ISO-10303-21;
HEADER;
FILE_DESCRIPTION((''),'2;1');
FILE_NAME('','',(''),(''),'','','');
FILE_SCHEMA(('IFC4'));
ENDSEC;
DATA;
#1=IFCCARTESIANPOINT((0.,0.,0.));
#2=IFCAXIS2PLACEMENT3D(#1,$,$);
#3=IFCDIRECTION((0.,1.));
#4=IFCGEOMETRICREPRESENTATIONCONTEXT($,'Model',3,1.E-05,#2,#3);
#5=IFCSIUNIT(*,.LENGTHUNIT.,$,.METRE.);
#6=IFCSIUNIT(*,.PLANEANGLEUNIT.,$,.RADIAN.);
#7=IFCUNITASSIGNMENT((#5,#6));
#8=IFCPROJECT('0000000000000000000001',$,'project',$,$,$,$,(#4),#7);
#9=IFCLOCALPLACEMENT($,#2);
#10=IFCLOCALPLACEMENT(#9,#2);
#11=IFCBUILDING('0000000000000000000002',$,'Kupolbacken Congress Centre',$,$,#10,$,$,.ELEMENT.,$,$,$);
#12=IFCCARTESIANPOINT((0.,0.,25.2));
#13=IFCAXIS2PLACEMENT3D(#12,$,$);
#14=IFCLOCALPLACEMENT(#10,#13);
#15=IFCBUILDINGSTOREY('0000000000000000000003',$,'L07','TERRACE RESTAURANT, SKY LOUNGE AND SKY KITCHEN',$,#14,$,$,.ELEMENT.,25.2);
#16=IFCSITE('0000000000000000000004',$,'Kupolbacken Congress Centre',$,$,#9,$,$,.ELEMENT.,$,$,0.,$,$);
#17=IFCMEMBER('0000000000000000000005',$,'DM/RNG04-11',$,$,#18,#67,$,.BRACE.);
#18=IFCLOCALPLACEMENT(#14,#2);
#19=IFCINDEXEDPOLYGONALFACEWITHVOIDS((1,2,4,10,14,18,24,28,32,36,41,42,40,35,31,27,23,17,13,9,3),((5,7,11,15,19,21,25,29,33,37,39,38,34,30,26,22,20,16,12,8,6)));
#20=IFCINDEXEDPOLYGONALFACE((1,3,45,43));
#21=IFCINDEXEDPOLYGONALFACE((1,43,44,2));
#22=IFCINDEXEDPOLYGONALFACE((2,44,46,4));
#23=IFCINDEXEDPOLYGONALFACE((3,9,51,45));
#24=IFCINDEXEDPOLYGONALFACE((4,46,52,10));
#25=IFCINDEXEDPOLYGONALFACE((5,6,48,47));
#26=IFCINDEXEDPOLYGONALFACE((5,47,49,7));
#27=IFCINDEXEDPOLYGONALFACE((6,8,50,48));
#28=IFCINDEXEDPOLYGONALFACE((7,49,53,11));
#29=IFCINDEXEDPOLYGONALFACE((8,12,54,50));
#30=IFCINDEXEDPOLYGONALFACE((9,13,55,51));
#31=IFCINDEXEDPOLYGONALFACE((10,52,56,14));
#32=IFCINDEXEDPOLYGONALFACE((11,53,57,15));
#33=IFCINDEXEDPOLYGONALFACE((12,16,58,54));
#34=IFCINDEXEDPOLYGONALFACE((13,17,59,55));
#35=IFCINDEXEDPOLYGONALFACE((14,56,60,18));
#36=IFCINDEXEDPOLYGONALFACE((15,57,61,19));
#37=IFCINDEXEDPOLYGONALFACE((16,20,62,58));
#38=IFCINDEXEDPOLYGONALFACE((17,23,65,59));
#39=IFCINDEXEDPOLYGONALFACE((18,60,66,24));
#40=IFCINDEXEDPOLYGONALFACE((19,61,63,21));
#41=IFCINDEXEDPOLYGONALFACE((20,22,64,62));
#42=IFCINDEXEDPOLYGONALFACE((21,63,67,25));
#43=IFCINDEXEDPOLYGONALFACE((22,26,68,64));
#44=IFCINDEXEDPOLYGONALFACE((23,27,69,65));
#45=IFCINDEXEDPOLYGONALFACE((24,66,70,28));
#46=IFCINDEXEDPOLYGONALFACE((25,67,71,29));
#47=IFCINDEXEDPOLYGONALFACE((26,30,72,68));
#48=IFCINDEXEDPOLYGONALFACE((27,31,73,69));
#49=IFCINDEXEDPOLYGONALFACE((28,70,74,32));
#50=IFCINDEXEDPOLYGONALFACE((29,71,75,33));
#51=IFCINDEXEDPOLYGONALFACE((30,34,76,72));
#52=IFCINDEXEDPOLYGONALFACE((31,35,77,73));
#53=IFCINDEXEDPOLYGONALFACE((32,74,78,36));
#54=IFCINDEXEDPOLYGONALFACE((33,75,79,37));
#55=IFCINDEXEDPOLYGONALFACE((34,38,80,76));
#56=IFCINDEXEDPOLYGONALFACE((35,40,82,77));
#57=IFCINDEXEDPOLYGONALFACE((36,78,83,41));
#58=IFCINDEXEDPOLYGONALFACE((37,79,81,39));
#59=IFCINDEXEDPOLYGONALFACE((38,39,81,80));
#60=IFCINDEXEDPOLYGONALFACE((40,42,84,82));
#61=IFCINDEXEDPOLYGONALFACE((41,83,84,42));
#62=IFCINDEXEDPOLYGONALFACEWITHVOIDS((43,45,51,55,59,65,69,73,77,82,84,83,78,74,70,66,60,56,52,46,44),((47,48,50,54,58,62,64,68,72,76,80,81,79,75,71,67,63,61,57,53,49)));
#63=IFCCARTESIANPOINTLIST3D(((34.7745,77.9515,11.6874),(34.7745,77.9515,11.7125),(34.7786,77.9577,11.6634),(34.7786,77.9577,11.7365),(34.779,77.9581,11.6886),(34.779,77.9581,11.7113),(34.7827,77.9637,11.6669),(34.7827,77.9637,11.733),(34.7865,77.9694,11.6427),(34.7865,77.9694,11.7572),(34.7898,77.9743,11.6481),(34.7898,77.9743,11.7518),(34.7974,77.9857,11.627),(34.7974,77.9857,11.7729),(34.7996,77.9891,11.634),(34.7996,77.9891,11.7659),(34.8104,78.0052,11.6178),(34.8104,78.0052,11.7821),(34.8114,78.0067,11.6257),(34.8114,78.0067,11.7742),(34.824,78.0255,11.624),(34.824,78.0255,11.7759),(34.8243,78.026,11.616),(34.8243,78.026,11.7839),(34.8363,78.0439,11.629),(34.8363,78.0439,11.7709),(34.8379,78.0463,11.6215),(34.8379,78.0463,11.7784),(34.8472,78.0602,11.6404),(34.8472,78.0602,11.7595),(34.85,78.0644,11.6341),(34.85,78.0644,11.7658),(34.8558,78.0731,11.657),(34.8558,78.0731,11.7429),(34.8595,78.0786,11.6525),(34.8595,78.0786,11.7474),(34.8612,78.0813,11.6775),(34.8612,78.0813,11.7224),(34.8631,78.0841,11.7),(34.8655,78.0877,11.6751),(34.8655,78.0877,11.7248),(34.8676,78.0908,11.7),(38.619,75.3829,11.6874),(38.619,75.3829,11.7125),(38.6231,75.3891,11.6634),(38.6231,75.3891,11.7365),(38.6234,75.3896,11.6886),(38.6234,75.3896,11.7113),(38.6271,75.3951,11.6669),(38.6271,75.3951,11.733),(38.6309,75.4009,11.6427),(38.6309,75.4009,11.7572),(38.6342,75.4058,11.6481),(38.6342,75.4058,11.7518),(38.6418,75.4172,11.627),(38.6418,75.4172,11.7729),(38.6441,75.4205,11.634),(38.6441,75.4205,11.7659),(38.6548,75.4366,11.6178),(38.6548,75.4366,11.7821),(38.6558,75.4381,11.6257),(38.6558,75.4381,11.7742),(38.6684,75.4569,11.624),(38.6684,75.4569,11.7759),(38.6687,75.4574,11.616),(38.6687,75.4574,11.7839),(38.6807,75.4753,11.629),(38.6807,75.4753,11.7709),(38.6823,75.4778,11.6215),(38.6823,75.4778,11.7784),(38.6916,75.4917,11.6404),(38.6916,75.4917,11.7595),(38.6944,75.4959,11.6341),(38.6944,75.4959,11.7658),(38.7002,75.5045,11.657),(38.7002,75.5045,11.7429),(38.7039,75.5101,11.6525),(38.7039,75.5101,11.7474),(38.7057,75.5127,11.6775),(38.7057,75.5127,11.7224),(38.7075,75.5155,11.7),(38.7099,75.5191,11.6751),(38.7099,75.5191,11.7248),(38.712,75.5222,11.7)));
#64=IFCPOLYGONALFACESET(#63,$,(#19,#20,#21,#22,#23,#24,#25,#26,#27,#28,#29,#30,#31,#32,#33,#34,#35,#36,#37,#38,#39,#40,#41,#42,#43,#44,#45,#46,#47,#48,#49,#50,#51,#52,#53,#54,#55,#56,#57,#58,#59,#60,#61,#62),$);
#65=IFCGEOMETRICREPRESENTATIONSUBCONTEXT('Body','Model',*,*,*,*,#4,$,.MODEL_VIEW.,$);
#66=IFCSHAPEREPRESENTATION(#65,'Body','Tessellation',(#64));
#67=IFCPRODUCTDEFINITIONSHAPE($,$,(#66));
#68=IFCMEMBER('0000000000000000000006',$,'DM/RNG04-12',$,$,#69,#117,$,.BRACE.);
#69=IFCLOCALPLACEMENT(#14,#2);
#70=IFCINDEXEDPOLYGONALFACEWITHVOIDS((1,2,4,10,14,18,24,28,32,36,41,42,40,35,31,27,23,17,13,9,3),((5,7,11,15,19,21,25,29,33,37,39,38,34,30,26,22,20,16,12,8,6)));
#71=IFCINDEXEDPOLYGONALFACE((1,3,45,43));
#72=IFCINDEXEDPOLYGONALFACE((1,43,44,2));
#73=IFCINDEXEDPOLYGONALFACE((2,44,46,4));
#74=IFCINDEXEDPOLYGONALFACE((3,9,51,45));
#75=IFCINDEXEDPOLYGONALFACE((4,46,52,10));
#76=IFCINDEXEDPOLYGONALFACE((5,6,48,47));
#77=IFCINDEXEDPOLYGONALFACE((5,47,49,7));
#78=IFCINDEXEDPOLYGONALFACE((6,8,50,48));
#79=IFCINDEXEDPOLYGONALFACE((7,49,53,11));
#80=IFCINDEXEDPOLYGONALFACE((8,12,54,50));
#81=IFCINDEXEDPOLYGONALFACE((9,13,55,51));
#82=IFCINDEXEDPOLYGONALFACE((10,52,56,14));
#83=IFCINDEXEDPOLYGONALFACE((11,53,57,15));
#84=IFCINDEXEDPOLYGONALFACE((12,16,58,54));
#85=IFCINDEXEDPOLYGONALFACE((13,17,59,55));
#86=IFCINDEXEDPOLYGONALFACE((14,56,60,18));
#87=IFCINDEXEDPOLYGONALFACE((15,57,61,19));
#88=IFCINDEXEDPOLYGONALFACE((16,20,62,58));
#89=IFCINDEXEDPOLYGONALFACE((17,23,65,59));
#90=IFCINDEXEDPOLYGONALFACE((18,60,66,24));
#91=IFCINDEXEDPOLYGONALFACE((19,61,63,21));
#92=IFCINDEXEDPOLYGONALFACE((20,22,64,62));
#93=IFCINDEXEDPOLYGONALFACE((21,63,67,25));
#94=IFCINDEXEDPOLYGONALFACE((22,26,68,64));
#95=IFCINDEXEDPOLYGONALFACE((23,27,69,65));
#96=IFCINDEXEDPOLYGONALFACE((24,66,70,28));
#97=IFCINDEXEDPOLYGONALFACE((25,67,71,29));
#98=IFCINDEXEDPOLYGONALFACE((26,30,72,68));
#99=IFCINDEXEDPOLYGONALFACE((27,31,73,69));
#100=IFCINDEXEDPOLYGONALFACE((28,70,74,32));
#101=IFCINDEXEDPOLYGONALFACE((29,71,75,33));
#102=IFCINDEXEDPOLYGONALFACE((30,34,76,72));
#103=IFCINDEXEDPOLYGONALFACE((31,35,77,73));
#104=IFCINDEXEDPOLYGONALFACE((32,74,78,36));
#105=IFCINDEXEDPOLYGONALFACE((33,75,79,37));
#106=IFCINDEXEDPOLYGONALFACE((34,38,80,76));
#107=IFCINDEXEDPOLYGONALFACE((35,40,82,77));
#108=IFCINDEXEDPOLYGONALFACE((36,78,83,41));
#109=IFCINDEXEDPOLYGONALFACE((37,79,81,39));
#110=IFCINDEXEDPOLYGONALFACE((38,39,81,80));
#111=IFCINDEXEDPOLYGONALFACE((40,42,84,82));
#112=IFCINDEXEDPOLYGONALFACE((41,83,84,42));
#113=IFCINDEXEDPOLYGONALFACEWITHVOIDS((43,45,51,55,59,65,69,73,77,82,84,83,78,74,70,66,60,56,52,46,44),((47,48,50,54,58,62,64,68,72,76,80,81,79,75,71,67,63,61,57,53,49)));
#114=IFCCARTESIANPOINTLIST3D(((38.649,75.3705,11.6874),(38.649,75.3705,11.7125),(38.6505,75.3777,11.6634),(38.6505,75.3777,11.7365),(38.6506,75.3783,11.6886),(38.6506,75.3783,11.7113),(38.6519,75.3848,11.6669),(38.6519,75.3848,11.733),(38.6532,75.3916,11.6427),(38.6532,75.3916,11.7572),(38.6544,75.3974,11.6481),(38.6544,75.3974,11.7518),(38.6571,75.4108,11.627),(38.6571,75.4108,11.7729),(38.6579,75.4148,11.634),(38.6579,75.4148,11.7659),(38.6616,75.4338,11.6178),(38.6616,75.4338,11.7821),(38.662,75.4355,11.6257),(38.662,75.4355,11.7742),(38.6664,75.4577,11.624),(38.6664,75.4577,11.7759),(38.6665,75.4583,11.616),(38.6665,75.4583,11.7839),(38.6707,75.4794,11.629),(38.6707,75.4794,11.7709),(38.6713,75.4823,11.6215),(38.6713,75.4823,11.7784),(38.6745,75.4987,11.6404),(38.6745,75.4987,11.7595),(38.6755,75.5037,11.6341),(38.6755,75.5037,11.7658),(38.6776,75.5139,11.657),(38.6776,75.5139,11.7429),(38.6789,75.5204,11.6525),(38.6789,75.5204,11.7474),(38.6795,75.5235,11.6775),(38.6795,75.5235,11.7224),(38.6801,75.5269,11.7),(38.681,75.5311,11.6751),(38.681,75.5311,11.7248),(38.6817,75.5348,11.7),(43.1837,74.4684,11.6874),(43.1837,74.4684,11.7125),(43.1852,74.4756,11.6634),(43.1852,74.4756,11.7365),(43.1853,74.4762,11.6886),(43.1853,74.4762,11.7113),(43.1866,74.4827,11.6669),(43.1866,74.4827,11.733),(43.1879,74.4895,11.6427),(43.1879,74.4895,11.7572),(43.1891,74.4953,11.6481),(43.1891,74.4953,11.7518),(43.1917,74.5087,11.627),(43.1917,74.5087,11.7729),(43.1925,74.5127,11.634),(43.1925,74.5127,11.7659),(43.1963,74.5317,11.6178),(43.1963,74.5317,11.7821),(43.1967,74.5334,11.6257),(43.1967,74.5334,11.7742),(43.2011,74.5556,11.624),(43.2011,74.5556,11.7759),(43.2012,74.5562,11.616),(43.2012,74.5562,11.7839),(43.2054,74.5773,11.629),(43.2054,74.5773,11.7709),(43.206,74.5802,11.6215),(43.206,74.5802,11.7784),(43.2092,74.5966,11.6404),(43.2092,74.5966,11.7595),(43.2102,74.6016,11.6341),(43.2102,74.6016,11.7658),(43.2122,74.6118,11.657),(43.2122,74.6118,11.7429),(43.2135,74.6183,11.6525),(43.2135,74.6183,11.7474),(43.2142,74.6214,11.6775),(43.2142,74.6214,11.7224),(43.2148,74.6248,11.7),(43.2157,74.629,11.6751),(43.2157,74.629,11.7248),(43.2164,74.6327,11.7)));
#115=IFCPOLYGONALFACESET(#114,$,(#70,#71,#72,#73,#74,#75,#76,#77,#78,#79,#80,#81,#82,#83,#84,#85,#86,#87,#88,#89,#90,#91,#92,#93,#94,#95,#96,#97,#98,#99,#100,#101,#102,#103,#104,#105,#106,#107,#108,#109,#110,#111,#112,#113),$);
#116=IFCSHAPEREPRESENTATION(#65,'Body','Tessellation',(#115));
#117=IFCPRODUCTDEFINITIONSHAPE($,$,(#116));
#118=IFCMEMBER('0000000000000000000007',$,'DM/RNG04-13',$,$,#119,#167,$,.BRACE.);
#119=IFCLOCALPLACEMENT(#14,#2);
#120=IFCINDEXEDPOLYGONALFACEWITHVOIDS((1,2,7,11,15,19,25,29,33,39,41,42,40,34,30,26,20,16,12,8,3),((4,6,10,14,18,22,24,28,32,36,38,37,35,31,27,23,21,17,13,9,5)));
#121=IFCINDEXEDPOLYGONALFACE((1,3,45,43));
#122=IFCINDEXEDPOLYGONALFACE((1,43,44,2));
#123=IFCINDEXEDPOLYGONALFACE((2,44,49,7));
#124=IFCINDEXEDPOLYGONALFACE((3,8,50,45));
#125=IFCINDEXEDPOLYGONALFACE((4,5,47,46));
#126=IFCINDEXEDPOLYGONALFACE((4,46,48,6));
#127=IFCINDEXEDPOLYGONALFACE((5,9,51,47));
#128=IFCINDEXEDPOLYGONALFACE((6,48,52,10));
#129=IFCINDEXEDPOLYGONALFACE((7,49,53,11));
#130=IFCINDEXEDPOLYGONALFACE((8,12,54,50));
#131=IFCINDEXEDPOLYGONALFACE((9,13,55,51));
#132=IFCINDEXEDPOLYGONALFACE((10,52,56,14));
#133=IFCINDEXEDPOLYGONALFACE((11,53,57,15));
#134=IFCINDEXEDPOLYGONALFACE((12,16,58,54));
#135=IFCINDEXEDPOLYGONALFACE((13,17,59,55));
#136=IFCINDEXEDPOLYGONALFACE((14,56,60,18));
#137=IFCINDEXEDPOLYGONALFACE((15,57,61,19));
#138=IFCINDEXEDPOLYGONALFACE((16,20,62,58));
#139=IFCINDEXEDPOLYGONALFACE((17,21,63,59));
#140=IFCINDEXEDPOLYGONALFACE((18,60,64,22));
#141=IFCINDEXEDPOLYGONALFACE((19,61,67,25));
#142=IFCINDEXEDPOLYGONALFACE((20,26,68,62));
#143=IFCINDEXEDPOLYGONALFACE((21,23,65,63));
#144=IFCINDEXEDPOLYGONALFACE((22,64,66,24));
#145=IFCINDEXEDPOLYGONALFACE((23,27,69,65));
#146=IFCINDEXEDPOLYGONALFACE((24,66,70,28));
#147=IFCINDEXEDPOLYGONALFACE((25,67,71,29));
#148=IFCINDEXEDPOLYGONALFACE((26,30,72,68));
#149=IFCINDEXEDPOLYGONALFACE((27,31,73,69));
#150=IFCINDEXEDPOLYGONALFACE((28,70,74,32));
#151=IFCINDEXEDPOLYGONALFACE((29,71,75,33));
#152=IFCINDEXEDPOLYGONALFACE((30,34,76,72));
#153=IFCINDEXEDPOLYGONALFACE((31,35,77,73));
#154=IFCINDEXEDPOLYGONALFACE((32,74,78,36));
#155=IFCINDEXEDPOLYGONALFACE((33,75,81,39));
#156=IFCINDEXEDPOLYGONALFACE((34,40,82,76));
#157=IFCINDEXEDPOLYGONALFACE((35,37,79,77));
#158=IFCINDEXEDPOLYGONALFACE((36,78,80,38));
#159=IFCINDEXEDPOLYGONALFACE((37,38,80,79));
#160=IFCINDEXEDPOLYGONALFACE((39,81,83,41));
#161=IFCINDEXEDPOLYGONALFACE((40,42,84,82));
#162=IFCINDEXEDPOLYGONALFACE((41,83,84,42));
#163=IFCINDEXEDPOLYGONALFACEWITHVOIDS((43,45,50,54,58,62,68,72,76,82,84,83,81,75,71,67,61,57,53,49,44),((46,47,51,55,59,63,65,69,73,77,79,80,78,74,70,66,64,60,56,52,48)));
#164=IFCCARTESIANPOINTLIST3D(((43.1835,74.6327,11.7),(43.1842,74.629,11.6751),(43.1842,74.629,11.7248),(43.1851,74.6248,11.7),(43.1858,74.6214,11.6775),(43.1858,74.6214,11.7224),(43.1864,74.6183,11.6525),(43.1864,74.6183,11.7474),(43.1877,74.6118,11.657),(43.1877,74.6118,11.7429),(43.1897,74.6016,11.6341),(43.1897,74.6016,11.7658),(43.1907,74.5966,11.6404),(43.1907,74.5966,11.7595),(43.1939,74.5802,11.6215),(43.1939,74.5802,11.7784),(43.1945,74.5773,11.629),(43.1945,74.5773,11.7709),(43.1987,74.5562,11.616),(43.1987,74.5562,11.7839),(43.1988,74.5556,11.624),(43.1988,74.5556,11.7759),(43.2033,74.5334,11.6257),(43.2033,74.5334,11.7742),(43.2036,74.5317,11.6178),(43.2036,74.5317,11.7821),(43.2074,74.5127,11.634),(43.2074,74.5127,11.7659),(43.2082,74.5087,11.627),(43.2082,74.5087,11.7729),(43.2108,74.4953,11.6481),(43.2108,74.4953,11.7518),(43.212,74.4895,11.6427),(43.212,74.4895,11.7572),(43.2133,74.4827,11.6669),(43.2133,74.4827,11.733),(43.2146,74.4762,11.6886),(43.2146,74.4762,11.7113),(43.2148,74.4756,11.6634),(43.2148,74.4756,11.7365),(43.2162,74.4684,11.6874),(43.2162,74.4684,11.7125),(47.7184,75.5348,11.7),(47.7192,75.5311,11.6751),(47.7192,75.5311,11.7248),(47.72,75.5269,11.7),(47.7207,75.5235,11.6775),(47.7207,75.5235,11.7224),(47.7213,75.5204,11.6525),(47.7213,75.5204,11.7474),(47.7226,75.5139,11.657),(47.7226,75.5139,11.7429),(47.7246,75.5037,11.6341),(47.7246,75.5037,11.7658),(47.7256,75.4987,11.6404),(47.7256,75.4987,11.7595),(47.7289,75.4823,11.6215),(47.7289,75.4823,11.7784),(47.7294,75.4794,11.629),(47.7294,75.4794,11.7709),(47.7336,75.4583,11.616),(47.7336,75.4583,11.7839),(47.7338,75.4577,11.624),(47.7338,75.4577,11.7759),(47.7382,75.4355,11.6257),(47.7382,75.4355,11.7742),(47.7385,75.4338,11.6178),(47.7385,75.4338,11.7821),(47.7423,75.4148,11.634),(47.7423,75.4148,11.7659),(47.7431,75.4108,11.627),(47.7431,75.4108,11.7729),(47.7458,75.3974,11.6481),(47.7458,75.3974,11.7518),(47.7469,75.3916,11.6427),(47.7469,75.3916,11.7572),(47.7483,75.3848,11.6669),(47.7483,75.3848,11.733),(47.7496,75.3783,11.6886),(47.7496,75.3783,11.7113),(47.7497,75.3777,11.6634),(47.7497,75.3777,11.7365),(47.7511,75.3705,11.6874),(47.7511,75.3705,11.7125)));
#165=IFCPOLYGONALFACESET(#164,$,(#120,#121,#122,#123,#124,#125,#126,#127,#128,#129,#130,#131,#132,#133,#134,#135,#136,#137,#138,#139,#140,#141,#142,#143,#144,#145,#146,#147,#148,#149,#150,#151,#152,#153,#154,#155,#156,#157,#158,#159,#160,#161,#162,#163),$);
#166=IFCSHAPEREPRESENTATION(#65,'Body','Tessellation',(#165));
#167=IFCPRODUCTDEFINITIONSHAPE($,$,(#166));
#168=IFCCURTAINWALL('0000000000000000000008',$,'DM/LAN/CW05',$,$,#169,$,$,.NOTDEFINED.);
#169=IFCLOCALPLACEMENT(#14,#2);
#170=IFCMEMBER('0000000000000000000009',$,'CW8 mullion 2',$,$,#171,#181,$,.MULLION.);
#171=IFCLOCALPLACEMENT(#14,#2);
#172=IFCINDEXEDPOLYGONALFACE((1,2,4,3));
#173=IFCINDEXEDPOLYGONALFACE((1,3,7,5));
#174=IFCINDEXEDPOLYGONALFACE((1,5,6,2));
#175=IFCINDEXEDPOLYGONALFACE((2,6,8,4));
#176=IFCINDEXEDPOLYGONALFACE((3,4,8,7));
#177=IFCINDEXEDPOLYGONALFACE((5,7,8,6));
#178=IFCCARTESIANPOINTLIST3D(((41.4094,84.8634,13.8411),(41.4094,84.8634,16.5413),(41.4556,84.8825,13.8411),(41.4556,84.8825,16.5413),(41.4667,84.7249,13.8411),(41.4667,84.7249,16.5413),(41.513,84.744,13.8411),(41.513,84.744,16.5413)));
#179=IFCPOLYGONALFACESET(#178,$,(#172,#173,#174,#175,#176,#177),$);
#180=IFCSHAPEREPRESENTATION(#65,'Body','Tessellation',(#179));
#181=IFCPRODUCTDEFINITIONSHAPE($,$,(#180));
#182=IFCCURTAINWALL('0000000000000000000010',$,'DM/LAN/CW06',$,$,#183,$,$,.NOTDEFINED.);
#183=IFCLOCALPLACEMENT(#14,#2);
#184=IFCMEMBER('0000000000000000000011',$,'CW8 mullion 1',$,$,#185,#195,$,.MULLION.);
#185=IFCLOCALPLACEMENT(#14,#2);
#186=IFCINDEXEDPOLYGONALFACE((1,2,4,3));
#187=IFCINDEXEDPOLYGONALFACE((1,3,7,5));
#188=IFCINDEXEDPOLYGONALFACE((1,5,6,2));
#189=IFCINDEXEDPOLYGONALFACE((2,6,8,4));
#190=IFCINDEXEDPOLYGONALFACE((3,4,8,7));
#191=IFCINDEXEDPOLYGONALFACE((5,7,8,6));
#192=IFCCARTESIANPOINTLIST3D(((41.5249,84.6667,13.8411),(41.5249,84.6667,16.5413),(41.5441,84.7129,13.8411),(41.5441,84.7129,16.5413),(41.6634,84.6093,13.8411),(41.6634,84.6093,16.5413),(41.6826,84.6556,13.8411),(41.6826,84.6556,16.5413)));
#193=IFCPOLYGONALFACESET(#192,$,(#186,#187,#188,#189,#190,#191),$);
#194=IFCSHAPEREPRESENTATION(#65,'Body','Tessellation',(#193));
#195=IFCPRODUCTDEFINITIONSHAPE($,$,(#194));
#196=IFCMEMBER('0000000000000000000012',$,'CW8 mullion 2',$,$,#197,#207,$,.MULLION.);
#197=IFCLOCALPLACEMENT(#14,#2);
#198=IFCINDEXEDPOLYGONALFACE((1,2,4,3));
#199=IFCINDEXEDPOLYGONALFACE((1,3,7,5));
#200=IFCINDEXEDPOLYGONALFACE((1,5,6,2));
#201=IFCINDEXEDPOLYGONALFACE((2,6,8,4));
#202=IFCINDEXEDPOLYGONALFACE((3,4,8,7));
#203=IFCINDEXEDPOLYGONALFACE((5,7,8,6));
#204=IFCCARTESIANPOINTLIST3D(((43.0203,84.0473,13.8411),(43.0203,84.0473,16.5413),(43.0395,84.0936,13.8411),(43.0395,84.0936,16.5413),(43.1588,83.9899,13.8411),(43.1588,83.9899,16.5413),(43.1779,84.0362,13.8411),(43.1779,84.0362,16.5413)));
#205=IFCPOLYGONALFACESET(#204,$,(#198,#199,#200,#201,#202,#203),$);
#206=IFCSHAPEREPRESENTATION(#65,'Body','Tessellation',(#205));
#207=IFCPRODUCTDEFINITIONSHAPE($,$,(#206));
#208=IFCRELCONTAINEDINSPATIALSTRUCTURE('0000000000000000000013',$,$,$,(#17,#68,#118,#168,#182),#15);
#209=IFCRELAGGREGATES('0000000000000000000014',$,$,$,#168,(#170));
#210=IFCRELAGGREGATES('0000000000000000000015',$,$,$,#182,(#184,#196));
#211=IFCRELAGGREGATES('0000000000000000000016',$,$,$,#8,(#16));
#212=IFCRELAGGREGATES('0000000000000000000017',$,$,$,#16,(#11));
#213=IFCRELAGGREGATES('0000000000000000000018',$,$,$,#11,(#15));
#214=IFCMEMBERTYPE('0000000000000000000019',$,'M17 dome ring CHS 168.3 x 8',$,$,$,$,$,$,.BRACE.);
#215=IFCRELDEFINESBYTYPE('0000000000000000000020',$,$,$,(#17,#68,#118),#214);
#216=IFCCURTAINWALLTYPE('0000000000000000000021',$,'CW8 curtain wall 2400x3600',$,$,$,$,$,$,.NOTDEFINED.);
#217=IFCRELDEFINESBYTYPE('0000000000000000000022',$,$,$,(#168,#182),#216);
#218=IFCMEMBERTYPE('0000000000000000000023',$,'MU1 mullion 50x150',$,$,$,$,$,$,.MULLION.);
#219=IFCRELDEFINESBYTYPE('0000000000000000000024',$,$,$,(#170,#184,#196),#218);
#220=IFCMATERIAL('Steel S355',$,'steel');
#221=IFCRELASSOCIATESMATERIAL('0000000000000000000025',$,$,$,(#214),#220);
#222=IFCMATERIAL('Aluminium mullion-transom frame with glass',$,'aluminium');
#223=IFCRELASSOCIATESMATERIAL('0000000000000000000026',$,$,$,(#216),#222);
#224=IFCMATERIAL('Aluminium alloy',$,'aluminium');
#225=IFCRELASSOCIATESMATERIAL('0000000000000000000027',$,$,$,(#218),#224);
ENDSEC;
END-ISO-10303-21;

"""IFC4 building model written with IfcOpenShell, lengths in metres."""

from ifc_helpers import new_model, si_unit, direction, frame, origin, origin_2d, place, context, subcontext, project, spatial, rectangle, hollow_circle, extrude, material, material_profile, profile_set, type_object, element, aggregate, save


model = new_model("IFC4")

# Units and contexts
model_context = context("Model", 3, precision=1e-05, world=origin(), true_north=direction((0.0, 1.0)))
body_context = subcontext(model_context, "Body", "Model", "MODEL_VIEW")
ifc_project = project(units=[si_unit("LENGTHUNIT", "METRE"), si_unit("PLANEANGLEUNIT", "RADIAN")], contexts=[model_context])

# Site, building, storey
site_placement = place(None, origin())
site = spatial("IfcSite", under=ifc_project, at=site_placement, Name="Kupolbacken Congress Centre", CompositionType="ELEMENT", RefElevation=0.0)
building_placement = place(site_placement, origin())
building = spatial("IfcBuilding", under=site, at=building_placement, Name="Kupolbacken Congress Centre", CompositionType="ELEMENT")
storey_placement = place(building_placement, frame((0.0, 0.0, 25.2)))
storey = spatial("IfcBuildingStorey", under=building, at=storey_placement, Name="L07", Description="TERRACE RESTAURANT, SKY LOUNGE AND SKY KITCHEN", CompositionType="ELEMENT", Elevation=25.2)

# Members
ifc_material_1 = material(Name="Steel S355", Category="steel")
ifc_material_profile_1 = material_profile(ifc_material_1, hollow_circle(Radius=0.0842, WallThickness=0.0081, at=origin_2d()), Name="CHS 168.3 x 8")
ifc_profile_set_1 = profile_set([ifc_material_profile_1], Name="Steel S355")
member_type_1 = type_object("IfcMemberType", Name="M17 dome ring CHS 168.3 x 8", PredefinedType="BRACE", material=ifc_profile_set_1)
for number, where, z_axis, x_axis, name in (
    (1, (34.8208, 78.0208, 11.7), (0.831489, -0.555541, 0.0), (0.555541, 0.831489, 0.0), "DM/RNG04-11"),
    (2, (38.6653, 75.4521, 11.7), (0.980781, -0.195111, 0.0), (0.195111, 0.980781, 0.0), "DM/RNG04-12"),
):
    element("IfcMember", number, at=place(storey_placement, frame(where, z_axis=z_axis, x_axis=x_axis)), inside=storey, type_object=member_type_1, Name=name, PredefinedType="BRACE", context=body_context, shape_type="SweptSolid", body=[
        extrude(hollow_circle(Radius=0.0842, WallThickness=0.0081, at=origin_2d()), origin(), (0.0, 0.0, 1.0), 4.6235),
    ])
member_1_placement = place(storey_placement, frame((43.2, 74.55, 11.7), z_axis=(0.980783, 0.195101, 0.0), x_axis=(-0.195101, 0.980783, 0.0)))
element("IfcMember", 3, at=member_1_placement, inside=storey, type_object=member_type_1, Name="DM/RNG04-13", PredefinedType="BRACE", context=body_context, shape_type="SweptSolid", body=[
    extrude(hollow_circle(Radius=0.0842, WallThickness=0.0081, at=origin_2d()), origin(), (0.0, 0.0, 1.0), 4.6238),
])

# Curtain wall, member
ifc_material_2 = material(Name="Aluminium mullion-transom frame with glass", Category="aluminium")
curtain_wall_type = type_object("IfcCurtainWallType", Name="CW8 curtain wall 2400x3600", PredefinedType="NOTDEFINED", material=ifc_material_2)
curtain_wall_1_placement = place(storey_placement, origin())
curtain_wall_1 = element("IfcCurtainWall", 4, at=curtain_wall_1_placement, inside=storey, type_object=curtain_wall_type, Name="DM/LAN/CW05", PredefinedType="NOTDEFINED")
ifc_material_3 = material(Name="Aluminium alloy", Category="aluminium")
ifc_material_profile_2 = material_profile(ifc_material_3, rectangle(XDim=0.05, YDim=0.1499, at=origin_2d()), Name="50 x 150")
ifc_profile_set_2 = profile_set([ifc_material_profile_2], Name="Aluminium alloy")
member_type_2 = type_object("IfcMemberType", Name="MU1 mullion 50x150", PredefinedType="MULLION", material=ifc_profile_set_2)
member_2_placement = place(storey_placement, frame((41.4612, 84.8037, 13.8411), z_axis=(0.0, 0.0, 1.0), x_axis=(0.92388, 0.382683, 0.0)))
member_2 = element("IfcMember", 5, at=member_2_placement, type_object=member_type_2, Name="CW8 mullion 2", PredefinedType="MULLION", context=body_context, shape_type="SweptSolid", body=[
    extrude(rectangle(XDim=0.05, YDim=0.1499, at=origin_2d()), origin(), (0.0, 0.0, 1.0), 2.7002),
])
aggregate(curtain_wall_1, [member_2])

# Curtain wall, members
curtain_wall_2_placement = place(storey_placement, origin())
curtain_wall_2 = element("IfcCurtainWall", 6, at=curtain_wall_2_placement, inside=storey, type_object=curtain_wall_type, Name="DM/LAN/CW06", PredefinedType="NOTDEFINED")
member_3_placement = place(storey_placement, frame((41.6038, 84.6611, 13.8411), z_axis=(0.0, 0.0, 1.0), x_axis=(0.382683, 0.92388, 0.0)))
member_3 = element("IfcMember", 7, at=member_3_placement, type_object=member_type_2, Name="CW8 mullion 1", PredefinedType="MULLION", context=body_context, shape_type="SweptSolid", body=[
    extrude(rectangle(XDim=0.05, YDim=0.1499, at=origin_2d()), origin(), (0.0, 0.0, 1.0), 2.7002),
])
member_4_placement = place(storey_placement, frame((43.0991, 84.0417, 13.8411), z_axis=(0.0, 0.0, 1.0), x_axis=(0.382683, 0.92388, 0.0)))
member_4 = element("IfcMember", 8, at=member_4_placement, type_object=member_type_2, Name="CW8 mullion 2", PredefinedType="MULLION", context=body_context, shape_type="SweptSolid", body=[
    extrude(rectangle(XDim=0.05, YDim=0.1499, at=origin_2d()), origin(), (0.0, 0.0, 1.0), 2.7002),
])

aggregate(curtain_wall_2, [member_3, member_4])

save(model, "model.ifc")
